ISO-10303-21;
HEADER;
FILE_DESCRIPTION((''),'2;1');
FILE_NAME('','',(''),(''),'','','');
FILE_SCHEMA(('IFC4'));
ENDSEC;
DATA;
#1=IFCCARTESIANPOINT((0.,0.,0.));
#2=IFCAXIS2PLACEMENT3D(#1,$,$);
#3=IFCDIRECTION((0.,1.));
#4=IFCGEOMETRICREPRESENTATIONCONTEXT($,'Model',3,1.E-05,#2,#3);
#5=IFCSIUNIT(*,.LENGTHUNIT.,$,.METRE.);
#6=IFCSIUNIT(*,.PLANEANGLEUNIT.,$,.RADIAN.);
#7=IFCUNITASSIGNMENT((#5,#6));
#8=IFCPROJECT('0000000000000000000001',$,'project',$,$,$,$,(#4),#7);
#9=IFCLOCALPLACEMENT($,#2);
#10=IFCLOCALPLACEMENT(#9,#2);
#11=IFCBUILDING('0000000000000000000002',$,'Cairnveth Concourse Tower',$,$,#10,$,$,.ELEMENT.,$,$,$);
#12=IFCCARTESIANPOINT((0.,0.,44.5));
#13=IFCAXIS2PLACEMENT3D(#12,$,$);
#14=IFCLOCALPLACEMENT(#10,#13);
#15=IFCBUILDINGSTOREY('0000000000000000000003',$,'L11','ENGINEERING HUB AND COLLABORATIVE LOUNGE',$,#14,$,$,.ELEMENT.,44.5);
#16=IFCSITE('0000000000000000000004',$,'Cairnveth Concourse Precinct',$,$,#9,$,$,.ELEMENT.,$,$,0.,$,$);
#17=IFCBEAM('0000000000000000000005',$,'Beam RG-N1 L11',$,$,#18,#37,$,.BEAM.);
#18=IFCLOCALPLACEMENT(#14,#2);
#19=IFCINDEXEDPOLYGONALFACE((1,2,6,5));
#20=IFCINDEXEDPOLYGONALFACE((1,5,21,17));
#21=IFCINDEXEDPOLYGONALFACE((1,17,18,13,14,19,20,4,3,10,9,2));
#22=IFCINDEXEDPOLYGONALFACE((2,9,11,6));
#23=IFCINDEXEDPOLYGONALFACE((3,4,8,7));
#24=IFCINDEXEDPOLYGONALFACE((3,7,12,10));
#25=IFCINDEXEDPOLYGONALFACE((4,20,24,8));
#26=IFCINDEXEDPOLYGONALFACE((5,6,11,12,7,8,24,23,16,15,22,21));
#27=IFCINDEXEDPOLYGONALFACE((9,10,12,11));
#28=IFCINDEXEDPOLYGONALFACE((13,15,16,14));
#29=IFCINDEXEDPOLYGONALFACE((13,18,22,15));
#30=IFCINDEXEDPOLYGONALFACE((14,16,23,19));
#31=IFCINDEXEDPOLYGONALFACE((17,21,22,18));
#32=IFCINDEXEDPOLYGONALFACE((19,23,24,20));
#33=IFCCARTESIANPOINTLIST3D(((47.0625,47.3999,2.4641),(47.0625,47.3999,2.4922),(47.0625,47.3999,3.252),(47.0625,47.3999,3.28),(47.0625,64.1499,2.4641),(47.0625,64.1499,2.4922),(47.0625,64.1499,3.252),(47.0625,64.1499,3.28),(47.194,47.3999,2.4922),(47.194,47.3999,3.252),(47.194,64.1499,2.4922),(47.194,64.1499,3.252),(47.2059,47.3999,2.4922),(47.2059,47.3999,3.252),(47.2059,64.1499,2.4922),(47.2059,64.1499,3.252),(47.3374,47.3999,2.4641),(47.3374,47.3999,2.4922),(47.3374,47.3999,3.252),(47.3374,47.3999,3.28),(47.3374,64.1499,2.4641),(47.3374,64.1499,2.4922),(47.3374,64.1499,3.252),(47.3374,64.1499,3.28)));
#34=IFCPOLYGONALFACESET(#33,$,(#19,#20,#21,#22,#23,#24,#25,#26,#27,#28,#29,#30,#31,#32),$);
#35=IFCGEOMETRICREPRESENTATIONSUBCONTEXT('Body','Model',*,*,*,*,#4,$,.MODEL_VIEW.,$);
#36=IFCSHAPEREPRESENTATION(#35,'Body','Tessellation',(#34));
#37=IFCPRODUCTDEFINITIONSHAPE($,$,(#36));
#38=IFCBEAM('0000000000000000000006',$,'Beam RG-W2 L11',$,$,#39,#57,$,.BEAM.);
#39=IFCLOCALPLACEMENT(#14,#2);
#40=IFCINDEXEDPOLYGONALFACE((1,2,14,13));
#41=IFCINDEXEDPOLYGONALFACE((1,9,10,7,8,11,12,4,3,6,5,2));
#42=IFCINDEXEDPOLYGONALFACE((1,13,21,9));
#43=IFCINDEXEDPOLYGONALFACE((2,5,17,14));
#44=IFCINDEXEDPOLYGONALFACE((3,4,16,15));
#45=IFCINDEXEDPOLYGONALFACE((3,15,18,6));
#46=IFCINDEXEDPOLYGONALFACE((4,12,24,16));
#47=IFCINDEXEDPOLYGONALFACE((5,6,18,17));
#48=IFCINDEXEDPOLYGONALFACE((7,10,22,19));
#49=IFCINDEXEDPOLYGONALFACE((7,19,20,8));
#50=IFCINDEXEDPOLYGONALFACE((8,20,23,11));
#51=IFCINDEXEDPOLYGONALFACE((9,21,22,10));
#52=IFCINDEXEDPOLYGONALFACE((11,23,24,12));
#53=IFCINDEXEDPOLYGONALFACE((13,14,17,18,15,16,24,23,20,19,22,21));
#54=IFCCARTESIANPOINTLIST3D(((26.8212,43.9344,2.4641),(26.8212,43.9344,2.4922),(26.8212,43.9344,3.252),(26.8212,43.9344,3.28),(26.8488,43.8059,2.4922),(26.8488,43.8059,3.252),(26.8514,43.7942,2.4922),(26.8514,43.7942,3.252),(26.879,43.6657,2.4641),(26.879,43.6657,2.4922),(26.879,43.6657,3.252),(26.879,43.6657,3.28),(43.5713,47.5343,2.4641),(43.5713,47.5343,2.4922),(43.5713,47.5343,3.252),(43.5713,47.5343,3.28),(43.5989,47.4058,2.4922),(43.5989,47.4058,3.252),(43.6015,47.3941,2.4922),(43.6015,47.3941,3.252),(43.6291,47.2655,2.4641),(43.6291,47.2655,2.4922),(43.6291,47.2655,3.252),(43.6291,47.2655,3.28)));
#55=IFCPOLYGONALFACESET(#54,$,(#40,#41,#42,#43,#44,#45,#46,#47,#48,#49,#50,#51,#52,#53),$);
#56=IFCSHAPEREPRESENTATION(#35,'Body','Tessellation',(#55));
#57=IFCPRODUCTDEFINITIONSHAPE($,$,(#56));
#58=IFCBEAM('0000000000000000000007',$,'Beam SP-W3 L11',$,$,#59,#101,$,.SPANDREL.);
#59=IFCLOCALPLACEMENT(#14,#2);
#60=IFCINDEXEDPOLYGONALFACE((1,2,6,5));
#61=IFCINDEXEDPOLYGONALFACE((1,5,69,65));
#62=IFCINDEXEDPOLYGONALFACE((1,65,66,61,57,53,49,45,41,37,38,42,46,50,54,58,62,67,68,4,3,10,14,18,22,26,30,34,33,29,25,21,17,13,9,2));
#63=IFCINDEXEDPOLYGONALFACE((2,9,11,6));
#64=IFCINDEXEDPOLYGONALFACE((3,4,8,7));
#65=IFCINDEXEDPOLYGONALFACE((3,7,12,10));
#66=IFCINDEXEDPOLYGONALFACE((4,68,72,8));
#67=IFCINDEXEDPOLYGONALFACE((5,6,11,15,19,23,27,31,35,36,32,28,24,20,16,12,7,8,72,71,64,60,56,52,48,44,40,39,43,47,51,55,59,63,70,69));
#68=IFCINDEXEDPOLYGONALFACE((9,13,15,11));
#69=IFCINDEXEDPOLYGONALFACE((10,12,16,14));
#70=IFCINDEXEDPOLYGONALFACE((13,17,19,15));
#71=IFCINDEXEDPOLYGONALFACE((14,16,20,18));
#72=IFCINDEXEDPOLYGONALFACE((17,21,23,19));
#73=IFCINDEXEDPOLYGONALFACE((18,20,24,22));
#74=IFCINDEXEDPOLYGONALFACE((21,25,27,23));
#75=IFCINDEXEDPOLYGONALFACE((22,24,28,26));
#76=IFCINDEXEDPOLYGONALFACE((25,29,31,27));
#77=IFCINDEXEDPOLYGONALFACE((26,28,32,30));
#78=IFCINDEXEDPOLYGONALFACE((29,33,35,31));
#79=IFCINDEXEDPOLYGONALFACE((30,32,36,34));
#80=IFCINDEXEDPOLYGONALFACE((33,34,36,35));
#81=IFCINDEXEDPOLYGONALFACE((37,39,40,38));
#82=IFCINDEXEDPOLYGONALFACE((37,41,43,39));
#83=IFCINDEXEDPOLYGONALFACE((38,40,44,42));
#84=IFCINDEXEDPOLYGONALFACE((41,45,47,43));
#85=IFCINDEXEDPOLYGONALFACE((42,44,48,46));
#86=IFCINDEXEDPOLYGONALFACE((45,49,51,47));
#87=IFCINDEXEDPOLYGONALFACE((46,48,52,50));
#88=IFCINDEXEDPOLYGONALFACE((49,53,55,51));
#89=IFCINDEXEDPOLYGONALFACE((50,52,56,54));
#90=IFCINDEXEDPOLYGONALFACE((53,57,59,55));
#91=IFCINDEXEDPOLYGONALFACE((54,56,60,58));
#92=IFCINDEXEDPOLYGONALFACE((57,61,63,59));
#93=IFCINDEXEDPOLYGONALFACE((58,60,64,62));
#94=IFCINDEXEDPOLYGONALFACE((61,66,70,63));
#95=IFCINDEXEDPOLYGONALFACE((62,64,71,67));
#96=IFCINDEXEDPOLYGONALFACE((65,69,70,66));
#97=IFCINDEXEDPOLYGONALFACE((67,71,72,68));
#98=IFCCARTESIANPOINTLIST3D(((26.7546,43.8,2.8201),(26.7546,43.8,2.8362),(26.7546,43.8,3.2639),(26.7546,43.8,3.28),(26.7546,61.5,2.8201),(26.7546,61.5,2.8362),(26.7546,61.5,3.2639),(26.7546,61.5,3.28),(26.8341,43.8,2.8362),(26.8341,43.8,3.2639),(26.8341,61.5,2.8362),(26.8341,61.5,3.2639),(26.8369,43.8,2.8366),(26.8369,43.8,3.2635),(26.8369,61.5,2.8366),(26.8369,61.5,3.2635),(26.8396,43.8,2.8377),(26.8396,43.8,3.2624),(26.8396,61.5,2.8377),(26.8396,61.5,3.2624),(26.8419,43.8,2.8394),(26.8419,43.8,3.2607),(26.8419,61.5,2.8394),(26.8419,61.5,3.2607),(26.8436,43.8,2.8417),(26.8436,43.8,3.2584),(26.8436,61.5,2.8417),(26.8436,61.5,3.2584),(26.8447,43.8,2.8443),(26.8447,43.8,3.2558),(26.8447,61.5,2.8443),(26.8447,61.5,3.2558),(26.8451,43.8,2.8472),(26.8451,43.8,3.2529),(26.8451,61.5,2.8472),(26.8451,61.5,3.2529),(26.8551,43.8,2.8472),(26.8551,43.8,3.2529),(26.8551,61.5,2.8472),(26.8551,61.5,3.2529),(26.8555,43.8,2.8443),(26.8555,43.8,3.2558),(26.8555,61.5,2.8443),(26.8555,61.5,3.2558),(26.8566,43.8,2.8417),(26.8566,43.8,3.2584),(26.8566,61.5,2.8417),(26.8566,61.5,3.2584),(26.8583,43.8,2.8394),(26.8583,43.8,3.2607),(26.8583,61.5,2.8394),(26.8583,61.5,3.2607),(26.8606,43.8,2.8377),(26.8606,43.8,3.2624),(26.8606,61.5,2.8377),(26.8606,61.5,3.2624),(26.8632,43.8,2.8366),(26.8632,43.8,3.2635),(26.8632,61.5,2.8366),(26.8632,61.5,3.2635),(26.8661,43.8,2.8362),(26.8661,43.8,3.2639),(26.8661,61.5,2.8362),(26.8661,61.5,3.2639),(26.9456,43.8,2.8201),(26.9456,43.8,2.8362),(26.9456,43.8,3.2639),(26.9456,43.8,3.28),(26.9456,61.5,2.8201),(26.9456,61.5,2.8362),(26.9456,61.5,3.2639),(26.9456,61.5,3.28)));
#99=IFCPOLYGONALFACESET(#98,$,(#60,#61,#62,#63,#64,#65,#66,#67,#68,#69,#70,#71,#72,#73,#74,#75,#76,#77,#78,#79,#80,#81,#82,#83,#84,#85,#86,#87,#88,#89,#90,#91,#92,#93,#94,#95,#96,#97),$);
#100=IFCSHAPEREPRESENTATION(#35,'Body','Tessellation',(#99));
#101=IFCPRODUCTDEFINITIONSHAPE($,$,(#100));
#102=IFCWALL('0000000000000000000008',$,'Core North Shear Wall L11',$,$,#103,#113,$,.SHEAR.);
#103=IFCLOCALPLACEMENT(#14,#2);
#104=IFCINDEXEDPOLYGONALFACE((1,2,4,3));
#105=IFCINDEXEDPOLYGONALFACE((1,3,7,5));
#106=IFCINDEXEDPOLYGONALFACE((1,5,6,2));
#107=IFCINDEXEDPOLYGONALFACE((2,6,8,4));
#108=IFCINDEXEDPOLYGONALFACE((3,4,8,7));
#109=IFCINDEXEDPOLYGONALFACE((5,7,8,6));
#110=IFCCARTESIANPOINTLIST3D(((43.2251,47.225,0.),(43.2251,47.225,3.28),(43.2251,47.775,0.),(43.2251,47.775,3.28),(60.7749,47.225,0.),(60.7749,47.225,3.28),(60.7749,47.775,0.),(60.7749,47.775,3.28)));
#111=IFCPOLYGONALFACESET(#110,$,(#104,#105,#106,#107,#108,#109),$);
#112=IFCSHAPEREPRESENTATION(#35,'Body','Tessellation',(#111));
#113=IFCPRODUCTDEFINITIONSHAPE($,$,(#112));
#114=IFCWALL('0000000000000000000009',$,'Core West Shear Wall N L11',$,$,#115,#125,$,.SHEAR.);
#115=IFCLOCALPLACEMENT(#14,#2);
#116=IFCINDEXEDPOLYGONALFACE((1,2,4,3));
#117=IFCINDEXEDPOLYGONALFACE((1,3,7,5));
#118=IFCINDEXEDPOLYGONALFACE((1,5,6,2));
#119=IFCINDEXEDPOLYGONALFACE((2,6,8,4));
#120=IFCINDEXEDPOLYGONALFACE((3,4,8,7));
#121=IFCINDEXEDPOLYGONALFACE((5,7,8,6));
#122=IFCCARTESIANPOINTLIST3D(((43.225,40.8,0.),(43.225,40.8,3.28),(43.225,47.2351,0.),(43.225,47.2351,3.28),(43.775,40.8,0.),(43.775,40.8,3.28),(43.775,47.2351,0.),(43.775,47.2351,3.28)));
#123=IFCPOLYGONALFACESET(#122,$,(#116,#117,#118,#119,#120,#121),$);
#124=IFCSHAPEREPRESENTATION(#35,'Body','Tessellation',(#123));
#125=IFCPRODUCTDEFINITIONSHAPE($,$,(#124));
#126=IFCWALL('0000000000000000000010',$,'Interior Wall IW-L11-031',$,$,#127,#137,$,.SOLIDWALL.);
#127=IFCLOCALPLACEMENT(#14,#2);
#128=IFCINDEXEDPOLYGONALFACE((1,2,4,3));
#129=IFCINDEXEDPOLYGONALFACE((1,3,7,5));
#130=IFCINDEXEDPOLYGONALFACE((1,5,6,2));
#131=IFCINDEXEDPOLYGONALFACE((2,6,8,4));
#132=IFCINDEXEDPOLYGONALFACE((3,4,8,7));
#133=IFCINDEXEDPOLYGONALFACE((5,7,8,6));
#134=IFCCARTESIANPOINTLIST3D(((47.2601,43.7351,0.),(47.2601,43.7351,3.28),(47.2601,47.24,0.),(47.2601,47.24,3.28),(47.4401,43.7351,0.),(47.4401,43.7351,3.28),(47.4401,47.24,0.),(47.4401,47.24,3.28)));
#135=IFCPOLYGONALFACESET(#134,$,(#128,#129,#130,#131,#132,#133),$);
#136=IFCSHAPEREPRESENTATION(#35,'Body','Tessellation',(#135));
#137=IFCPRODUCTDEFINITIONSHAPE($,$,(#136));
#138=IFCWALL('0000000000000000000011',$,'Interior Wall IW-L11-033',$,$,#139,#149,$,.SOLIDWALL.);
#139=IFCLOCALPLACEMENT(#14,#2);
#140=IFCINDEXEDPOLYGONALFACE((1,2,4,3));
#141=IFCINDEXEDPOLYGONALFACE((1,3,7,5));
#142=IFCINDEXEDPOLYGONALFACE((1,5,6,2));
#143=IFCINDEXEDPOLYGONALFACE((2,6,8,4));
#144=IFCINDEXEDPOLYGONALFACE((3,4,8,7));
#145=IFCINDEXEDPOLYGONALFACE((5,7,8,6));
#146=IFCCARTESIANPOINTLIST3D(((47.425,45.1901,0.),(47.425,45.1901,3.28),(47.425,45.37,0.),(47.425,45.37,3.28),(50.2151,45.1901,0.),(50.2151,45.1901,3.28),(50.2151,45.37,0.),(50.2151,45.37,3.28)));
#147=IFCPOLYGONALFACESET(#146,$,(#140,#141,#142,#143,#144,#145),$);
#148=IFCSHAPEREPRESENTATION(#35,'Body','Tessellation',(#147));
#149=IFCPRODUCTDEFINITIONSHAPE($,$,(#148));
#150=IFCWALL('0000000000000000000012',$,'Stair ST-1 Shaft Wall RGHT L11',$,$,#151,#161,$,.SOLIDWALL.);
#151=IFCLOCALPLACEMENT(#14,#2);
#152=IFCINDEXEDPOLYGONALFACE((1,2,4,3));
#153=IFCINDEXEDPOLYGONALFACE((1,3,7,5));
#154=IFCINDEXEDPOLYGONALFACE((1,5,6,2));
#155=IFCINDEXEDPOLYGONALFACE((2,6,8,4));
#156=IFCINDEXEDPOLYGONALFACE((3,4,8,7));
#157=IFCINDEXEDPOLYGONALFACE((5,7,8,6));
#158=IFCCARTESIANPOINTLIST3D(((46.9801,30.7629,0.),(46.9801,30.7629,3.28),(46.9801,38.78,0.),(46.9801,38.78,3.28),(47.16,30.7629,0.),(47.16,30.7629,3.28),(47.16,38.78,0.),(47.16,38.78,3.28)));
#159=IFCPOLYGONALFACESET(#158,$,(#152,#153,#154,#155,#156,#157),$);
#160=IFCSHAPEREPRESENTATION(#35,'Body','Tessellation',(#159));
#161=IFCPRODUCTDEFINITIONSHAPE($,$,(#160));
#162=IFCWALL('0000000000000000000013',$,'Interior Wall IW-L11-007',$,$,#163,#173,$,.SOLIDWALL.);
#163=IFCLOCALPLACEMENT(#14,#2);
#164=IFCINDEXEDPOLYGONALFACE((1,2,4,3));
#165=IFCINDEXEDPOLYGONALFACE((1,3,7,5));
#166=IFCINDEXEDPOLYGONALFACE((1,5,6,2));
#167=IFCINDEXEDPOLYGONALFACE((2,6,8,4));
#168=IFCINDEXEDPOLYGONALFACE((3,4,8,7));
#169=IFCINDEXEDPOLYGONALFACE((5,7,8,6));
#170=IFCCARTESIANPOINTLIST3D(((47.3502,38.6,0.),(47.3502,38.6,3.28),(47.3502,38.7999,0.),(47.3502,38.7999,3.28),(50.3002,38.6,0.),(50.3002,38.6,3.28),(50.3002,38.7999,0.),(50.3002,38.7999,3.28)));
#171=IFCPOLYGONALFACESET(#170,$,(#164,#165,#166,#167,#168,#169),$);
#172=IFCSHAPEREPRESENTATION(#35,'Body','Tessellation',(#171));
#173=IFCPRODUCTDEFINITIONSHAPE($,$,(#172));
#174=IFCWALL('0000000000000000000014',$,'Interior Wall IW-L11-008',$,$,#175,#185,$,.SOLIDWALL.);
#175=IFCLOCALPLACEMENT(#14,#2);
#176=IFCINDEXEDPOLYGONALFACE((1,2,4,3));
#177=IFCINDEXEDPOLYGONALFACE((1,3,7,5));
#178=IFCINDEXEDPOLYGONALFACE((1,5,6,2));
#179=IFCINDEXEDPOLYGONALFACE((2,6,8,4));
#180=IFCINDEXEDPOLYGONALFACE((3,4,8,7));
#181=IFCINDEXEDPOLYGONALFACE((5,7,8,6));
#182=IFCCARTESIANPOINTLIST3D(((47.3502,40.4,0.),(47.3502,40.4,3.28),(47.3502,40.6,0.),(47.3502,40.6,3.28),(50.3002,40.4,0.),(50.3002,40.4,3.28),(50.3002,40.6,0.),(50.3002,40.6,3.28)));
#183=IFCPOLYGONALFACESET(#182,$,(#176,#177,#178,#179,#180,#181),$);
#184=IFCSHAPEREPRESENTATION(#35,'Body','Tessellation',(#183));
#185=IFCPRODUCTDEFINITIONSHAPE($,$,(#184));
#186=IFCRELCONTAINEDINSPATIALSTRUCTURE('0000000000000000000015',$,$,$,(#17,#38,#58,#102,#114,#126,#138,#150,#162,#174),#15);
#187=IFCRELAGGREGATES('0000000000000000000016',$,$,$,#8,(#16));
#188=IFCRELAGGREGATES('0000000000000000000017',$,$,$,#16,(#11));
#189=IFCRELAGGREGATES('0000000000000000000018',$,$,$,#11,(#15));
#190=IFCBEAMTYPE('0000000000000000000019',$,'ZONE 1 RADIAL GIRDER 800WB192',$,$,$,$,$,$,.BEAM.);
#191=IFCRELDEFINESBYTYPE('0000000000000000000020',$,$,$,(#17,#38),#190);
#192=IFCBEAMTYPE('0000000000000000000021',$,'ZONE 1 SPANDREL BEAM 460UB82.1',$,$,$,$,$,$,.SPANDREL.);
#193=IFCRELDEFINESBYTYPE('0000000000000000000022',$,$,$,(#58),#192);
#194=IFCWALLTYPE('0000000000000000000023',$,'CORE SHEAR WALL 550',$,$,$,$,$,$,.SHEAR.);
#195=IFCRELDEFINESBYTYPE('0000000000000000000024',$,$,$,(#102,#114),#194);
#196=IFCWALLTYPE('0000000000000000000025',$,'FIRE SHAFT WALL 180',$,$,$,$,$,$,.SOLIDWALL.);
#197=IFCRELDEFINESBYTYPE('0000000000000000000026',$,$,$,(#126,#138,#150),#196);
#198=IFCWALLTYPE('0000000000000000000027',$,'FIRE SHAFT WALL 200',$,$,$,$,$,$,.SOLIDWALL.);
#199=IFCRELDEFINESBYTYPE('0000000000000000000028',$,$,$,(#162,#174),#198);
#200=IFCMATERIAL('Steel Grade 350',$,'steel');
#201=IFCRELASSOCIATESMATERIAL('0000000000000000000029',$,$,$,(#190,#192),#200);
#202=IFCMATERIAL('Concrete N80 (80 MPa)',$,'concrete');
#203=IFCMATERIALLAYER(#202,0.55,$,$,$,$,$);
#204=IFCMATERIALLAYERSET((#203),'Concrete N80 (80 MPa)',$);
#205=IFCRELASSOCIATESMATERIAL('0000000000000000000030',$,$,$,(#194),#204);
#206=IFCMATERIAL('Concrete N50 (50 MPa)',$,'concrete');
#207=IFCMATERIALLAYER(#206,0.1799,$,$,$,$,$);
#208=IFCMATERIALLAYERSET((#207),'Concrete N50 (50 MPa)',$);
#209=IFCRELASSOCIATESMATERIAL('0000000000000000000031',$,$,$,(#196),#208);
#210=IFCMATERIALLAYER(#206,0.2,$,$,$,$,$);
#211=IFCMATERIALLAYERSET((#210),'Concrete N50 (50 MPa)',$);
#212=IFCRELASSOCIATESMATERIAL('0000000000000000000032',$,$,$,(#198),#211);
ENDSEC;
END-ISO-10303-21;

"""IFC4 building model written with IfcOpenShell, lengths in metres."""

from ifc_helpers import new_model, si_unit, direction, frame, frame_2d, origin, origin_2d, place, context, subcontext, project, spatial, rectangle, i_section, extrude, material, layer, layer_set, material_profile, profile_set, type_object, element, save


model = new_model("IFC4")

# Units and contexts
model_context = context("Model", 3, precision=1e-05, world=origin(), true_north=direction((0.0, 1.0)))
body_context = subcontext(model_context, "Body", "Model", "MODEL_VIEW")
ifc_project = project(units=[si_unit("LENGTHUNIT", "METRE"), si_unit("PLANEANGLEUNIT", "RADIAN")], contexts=[model_context])

# Site, building, storey
site_placement = place(None, origin())
site = spatial("IfcSite", under=ifc_project, at=site_placement, Name="Cairnveth Concourse Precinct", CompositionType="ELEMENT", RefElevation=0.0)
building_placement = place(site_placement, origin())
building = spatial("IfcBuilding", under=site, at=building_placement, Name="Cairnveth Concourse Tower", CompositionType="ELEMENT")
storey_placement = place(building_placement, frame((0.0, 0.0, 44.5)))
storey = spatial("IfcBuildingStorey", under=building, at=storey_placement, Name="L11", Description="ENGINEERING HUB AND COLLABORATIVE LOUNGE", CompositionType="ELEMENT", Elevation=44.5)

# Shared definitions
ifc_material_1 = material(Name="Concrete N80 (80 MPa)", Category="concrete")

# Beams
ifc_material_2 = material(Name="Steel Grade 350", Category="steel")
ifc_material_profile_1 = material_profile(ifc_material_2, i_section(OverallWidth=0.2749, OverallDepth=0.8159, WebThickness=0.012, FlangeThickness=0.0281, at=origin_2d()), Name="800WB192")
ifc_profile_set_1 = profile_set([ifc_material_profile_1], Name="Steel Grade 350")
beam_type_1 = type_object("IfcBeamType", Name="ZONE 1 RADIAL GIRDER 800WB192", PredefinedType="BEAM", material=ifc_profile_set_1)
beam_1_placement = place(storey_placement, frame((47.2, 47.3999, 2.8721), z_axis=(0.0, 1.0, 0.0), x_axis=(-1.0, 0.0, 0.0)))
element("IfcBeam", 1, at=beam_1_placement, inside=storey, type_object=beam_type_1, Name="Beam RG-N1 L11", PredefinedType="BEAM", context=body_context, shape_type="SweptSolid", body=[
    extrude(i_section(OverallWidth=0.2749, OverallDepth=0.8159, WebThickness=0.012, FlangeThickness=0.0281, at=origin_2d()), origin(), (0.0, 0.0, 1.0), 16.75),
])
beam_2_placement = place(storey_placement, frame((26.8501, 43.8, 2.8721), z_axis=(0.977676, 0.210119, 0.0), x_axis=(-0.210119, 0.977676, 0.0)))
element("IfcBeam", 2, at=beam_2_placement, inside=storey, type_object=beam_type_1, Name="Beam RG-W2 L11", PredefinedType="BEAM", context=body_context, shape_type="SweptSolid", body=[
    extrude(i_section(OverallWidth=0.2749, OverallDepth=0.8159, WebThickness=0.012, FlangeThickness=0.0281, at=origin_2d()), origin(), (0.0, 0.0, 1.0), 17.1326),
])
ifc_material_profile_2 = material_profile(ifc_material_2, i_section(OverallWidth=0.1909, OverallDepth=0.46, WebThickness=0.01, FlangeThickness=0.0161, FilletRadius=0.011, at=origin_2d()), Name="460UB82.1")
ifc_profile_set_2 = profile_set([ifc_material_profile_2], Name="Steel Grade 350")
beam_type_2 = type_object("IfcBeamType", Name="ZONE 1 SPANDREL BEAM 460UB82.1", PredefinedType="SPANDREL", material=ifc_profile_set_2)
beam_3_placement = place(storey_placement, frame((26.8501, 43.8, 3.05), z_axis=(0.0, 1.0, 0.0), x_axis=(-1.0, 0.0, 0.0)))
element("IfcBeam", 3, at=beam_3_placement, inside=storey, type_object=beam_type_2, Name="Beam SP-W3 L11", PredefinedType="SPANDREL", context=body_context, shape_type="SweptSolid", body=[
    extrude(i_section(OverallWidth=0.1909, OverallDepth=0.46, WebThickness=0.01, FlangeThickness=0.0161, FilletRadius=0.011, at=origin_2d()), origin(), (0.0, 0.0, 1.0), 17.7),
])

# Walls
ifc_layer_1 = layer(ifc_material_1, 0.55)
ifc_layer_set_1 = layer_set([ifc_layer_1], Name="Concrete N80 (80 MPa)")
wall_type_1 = type_object("IfcWallType", Name="CORE SHEAR WALL 550", PredefinedType="SHEAR", material=ifc_layer_set_1)
wall_1_placement = place(storey_placement, frame((43.2251, 47.5, 0.0), z_axis=(0.0, 0.0, 1.0), x_axis=(1.0, 0.0, 0.0)))
element("IfcWall", 4, at=wall_1_placement, inside=storey, type_object=wall_type_1, Name="Core North Shear Wall L11", PredefinedType="SHEAR", context=body_context, shape_type="SweptSolid", body=[
    extrude(rectangle(XDim=17.5498, YDim=0.55, at=frame_2d((8.7749, 0.0))), origin(), (0.0, 0.0, 1.0), 3.28),
])
wall_2_placement = place(storey_placement, frame((43.5, 40.8, 0.0), z_axis=(0.0, 0.0, 1.0), x_axis=(0.0, 1.0, 0.0)))
element("IfcWall", 5, at=wall_2_placement, inside=storey, type_object=wall_type_1, Name="Core West Shear Wall N L11", PredefinedType="SHEAR", context=body_context, shape_type="SweptSolid", body=[
    extrude(rectangle(XDim=6.4351, YDim=0.55, at=frame_2d((3.2175, 0.0))), origin(), (0.0, 0.0, 1.0), 3.28),
])
ifc_material_3 = material(Name="Concrete N50 (50 MPa)", Category="concrete")
ifc_layer_2 = layer(ifc_material_3, 0.1799)
ifc_layer_set_2 = layer_set([ifc_layer_2], Name="Concrete N50 (50 MPa)")
wall_type_2 = type_object("IfcWallType", Name="FIRE SHAFT WALL 180", PredefinedType="SOLIDWALL", material=ifc_layer_set_2)
wall_3_placement = place(storey_placement, frame((47.3501, 43.7351, 0.0), z_axis=(0.0, 0.0, 1.0), x_axis=(0.0, 1.0, 0.0)))
element("IfcWall", 6, at=wall_3_placement, inside=storey, type_object=wall_type_2, Name="Interior Wall IW-L11-031", PredefinedType="SOLIDWALL", context=body_context, shape_type="SweptSolid", body=[
    extrude(rectangle(XDim=3.5049, YDim=0.1799, at=frame_2d((1.7524, 0.0))), origin(), (0.0, 0.0, 1.0), 3.28),
])
wall_4_placement = place(storey_placement, frame((47.425, 45.28, 0.0), z_axis=(0.0, 0.0, 1.0), x_axis=(1.0, 0.0, 0.0)))
element("IfcWall", 7, at=wall_4_placement, inside=storey, type_object=wall_type_2, Name="Interior Wall IW-L11-033", PredefinedType="SOLIDWALL", context=body_context, shape_type="SweptSolid", body=[
    extrude(rectangle(XDim=2.79, YDim=0.1799, at=frame_2d((1.395, 0.0))), origin(), (0.0, 0.0, 1.0), 3.28),
])

# Walls
wall_5_placement = place(storey_placement, frame((47.0701, 38.78, 0.0), z_axis=(0.0, 0.0, 1.0), x_axis=(0.0, -1.0, 0.0)))
element("IfcWall", 8, at=wall_5_placement, inside=storey, type_object=wall_type_2, Name="Stair ST-1 Shaft Wall RGHT L11", PredefinedType="SOLIDWALL", context=body_context, shape_type="SweptSolid", body=[
    extrude(rectangle(XDim=8.0171, YDim=0.1799, at=frame_2d((4.0085, 0.0))), origin(), (0.0, 0.0, 1.0), 3.28),
])
ifc_layer_3 = layer(ifc_material_3, 0.2)
ifc_layer_set_3 = layer_set([ifc_layer_3], Name="Concrete N50 (50 MPa)")
wall_type_3 = type_object("IfcWallType", Name="FIRE SHAFT WALL 200", PredefinedType="SOLIDWALL", material=ifc_layer_set_3)
for number, where, z_axis, x_axis, name in (
    (9, (47.3501, 38.7, 0.0), (0.0, 0.0, 1.0), (1.0, 0.0, 0.0), "Interior Wall IW-L11-007"),
    (10, (47.3501, 40.5, 0.0), (0.0, 0.0, 1.0), (1.0, 0.0, 0.0), "Interior Wall IW-L11-008"),
):
    element("IfcWall", number, at=place(storey_placement, frame(where, z_axis=z_axis, x_axis=x_axis)), inside=storey, type_object=wall_type_3, Name=name, PredefinedType="SOLIDWALL", context=body_context, shape_type="SweptSolid", body=[
        extrude(rectangle(XDim=2.95, YDim=0.2, at=frame_2d((1.4751, 0.0))), origin(), (0.0, 0.0, 1.0), 3.28),
    ])

save(model, "model.ifc")
